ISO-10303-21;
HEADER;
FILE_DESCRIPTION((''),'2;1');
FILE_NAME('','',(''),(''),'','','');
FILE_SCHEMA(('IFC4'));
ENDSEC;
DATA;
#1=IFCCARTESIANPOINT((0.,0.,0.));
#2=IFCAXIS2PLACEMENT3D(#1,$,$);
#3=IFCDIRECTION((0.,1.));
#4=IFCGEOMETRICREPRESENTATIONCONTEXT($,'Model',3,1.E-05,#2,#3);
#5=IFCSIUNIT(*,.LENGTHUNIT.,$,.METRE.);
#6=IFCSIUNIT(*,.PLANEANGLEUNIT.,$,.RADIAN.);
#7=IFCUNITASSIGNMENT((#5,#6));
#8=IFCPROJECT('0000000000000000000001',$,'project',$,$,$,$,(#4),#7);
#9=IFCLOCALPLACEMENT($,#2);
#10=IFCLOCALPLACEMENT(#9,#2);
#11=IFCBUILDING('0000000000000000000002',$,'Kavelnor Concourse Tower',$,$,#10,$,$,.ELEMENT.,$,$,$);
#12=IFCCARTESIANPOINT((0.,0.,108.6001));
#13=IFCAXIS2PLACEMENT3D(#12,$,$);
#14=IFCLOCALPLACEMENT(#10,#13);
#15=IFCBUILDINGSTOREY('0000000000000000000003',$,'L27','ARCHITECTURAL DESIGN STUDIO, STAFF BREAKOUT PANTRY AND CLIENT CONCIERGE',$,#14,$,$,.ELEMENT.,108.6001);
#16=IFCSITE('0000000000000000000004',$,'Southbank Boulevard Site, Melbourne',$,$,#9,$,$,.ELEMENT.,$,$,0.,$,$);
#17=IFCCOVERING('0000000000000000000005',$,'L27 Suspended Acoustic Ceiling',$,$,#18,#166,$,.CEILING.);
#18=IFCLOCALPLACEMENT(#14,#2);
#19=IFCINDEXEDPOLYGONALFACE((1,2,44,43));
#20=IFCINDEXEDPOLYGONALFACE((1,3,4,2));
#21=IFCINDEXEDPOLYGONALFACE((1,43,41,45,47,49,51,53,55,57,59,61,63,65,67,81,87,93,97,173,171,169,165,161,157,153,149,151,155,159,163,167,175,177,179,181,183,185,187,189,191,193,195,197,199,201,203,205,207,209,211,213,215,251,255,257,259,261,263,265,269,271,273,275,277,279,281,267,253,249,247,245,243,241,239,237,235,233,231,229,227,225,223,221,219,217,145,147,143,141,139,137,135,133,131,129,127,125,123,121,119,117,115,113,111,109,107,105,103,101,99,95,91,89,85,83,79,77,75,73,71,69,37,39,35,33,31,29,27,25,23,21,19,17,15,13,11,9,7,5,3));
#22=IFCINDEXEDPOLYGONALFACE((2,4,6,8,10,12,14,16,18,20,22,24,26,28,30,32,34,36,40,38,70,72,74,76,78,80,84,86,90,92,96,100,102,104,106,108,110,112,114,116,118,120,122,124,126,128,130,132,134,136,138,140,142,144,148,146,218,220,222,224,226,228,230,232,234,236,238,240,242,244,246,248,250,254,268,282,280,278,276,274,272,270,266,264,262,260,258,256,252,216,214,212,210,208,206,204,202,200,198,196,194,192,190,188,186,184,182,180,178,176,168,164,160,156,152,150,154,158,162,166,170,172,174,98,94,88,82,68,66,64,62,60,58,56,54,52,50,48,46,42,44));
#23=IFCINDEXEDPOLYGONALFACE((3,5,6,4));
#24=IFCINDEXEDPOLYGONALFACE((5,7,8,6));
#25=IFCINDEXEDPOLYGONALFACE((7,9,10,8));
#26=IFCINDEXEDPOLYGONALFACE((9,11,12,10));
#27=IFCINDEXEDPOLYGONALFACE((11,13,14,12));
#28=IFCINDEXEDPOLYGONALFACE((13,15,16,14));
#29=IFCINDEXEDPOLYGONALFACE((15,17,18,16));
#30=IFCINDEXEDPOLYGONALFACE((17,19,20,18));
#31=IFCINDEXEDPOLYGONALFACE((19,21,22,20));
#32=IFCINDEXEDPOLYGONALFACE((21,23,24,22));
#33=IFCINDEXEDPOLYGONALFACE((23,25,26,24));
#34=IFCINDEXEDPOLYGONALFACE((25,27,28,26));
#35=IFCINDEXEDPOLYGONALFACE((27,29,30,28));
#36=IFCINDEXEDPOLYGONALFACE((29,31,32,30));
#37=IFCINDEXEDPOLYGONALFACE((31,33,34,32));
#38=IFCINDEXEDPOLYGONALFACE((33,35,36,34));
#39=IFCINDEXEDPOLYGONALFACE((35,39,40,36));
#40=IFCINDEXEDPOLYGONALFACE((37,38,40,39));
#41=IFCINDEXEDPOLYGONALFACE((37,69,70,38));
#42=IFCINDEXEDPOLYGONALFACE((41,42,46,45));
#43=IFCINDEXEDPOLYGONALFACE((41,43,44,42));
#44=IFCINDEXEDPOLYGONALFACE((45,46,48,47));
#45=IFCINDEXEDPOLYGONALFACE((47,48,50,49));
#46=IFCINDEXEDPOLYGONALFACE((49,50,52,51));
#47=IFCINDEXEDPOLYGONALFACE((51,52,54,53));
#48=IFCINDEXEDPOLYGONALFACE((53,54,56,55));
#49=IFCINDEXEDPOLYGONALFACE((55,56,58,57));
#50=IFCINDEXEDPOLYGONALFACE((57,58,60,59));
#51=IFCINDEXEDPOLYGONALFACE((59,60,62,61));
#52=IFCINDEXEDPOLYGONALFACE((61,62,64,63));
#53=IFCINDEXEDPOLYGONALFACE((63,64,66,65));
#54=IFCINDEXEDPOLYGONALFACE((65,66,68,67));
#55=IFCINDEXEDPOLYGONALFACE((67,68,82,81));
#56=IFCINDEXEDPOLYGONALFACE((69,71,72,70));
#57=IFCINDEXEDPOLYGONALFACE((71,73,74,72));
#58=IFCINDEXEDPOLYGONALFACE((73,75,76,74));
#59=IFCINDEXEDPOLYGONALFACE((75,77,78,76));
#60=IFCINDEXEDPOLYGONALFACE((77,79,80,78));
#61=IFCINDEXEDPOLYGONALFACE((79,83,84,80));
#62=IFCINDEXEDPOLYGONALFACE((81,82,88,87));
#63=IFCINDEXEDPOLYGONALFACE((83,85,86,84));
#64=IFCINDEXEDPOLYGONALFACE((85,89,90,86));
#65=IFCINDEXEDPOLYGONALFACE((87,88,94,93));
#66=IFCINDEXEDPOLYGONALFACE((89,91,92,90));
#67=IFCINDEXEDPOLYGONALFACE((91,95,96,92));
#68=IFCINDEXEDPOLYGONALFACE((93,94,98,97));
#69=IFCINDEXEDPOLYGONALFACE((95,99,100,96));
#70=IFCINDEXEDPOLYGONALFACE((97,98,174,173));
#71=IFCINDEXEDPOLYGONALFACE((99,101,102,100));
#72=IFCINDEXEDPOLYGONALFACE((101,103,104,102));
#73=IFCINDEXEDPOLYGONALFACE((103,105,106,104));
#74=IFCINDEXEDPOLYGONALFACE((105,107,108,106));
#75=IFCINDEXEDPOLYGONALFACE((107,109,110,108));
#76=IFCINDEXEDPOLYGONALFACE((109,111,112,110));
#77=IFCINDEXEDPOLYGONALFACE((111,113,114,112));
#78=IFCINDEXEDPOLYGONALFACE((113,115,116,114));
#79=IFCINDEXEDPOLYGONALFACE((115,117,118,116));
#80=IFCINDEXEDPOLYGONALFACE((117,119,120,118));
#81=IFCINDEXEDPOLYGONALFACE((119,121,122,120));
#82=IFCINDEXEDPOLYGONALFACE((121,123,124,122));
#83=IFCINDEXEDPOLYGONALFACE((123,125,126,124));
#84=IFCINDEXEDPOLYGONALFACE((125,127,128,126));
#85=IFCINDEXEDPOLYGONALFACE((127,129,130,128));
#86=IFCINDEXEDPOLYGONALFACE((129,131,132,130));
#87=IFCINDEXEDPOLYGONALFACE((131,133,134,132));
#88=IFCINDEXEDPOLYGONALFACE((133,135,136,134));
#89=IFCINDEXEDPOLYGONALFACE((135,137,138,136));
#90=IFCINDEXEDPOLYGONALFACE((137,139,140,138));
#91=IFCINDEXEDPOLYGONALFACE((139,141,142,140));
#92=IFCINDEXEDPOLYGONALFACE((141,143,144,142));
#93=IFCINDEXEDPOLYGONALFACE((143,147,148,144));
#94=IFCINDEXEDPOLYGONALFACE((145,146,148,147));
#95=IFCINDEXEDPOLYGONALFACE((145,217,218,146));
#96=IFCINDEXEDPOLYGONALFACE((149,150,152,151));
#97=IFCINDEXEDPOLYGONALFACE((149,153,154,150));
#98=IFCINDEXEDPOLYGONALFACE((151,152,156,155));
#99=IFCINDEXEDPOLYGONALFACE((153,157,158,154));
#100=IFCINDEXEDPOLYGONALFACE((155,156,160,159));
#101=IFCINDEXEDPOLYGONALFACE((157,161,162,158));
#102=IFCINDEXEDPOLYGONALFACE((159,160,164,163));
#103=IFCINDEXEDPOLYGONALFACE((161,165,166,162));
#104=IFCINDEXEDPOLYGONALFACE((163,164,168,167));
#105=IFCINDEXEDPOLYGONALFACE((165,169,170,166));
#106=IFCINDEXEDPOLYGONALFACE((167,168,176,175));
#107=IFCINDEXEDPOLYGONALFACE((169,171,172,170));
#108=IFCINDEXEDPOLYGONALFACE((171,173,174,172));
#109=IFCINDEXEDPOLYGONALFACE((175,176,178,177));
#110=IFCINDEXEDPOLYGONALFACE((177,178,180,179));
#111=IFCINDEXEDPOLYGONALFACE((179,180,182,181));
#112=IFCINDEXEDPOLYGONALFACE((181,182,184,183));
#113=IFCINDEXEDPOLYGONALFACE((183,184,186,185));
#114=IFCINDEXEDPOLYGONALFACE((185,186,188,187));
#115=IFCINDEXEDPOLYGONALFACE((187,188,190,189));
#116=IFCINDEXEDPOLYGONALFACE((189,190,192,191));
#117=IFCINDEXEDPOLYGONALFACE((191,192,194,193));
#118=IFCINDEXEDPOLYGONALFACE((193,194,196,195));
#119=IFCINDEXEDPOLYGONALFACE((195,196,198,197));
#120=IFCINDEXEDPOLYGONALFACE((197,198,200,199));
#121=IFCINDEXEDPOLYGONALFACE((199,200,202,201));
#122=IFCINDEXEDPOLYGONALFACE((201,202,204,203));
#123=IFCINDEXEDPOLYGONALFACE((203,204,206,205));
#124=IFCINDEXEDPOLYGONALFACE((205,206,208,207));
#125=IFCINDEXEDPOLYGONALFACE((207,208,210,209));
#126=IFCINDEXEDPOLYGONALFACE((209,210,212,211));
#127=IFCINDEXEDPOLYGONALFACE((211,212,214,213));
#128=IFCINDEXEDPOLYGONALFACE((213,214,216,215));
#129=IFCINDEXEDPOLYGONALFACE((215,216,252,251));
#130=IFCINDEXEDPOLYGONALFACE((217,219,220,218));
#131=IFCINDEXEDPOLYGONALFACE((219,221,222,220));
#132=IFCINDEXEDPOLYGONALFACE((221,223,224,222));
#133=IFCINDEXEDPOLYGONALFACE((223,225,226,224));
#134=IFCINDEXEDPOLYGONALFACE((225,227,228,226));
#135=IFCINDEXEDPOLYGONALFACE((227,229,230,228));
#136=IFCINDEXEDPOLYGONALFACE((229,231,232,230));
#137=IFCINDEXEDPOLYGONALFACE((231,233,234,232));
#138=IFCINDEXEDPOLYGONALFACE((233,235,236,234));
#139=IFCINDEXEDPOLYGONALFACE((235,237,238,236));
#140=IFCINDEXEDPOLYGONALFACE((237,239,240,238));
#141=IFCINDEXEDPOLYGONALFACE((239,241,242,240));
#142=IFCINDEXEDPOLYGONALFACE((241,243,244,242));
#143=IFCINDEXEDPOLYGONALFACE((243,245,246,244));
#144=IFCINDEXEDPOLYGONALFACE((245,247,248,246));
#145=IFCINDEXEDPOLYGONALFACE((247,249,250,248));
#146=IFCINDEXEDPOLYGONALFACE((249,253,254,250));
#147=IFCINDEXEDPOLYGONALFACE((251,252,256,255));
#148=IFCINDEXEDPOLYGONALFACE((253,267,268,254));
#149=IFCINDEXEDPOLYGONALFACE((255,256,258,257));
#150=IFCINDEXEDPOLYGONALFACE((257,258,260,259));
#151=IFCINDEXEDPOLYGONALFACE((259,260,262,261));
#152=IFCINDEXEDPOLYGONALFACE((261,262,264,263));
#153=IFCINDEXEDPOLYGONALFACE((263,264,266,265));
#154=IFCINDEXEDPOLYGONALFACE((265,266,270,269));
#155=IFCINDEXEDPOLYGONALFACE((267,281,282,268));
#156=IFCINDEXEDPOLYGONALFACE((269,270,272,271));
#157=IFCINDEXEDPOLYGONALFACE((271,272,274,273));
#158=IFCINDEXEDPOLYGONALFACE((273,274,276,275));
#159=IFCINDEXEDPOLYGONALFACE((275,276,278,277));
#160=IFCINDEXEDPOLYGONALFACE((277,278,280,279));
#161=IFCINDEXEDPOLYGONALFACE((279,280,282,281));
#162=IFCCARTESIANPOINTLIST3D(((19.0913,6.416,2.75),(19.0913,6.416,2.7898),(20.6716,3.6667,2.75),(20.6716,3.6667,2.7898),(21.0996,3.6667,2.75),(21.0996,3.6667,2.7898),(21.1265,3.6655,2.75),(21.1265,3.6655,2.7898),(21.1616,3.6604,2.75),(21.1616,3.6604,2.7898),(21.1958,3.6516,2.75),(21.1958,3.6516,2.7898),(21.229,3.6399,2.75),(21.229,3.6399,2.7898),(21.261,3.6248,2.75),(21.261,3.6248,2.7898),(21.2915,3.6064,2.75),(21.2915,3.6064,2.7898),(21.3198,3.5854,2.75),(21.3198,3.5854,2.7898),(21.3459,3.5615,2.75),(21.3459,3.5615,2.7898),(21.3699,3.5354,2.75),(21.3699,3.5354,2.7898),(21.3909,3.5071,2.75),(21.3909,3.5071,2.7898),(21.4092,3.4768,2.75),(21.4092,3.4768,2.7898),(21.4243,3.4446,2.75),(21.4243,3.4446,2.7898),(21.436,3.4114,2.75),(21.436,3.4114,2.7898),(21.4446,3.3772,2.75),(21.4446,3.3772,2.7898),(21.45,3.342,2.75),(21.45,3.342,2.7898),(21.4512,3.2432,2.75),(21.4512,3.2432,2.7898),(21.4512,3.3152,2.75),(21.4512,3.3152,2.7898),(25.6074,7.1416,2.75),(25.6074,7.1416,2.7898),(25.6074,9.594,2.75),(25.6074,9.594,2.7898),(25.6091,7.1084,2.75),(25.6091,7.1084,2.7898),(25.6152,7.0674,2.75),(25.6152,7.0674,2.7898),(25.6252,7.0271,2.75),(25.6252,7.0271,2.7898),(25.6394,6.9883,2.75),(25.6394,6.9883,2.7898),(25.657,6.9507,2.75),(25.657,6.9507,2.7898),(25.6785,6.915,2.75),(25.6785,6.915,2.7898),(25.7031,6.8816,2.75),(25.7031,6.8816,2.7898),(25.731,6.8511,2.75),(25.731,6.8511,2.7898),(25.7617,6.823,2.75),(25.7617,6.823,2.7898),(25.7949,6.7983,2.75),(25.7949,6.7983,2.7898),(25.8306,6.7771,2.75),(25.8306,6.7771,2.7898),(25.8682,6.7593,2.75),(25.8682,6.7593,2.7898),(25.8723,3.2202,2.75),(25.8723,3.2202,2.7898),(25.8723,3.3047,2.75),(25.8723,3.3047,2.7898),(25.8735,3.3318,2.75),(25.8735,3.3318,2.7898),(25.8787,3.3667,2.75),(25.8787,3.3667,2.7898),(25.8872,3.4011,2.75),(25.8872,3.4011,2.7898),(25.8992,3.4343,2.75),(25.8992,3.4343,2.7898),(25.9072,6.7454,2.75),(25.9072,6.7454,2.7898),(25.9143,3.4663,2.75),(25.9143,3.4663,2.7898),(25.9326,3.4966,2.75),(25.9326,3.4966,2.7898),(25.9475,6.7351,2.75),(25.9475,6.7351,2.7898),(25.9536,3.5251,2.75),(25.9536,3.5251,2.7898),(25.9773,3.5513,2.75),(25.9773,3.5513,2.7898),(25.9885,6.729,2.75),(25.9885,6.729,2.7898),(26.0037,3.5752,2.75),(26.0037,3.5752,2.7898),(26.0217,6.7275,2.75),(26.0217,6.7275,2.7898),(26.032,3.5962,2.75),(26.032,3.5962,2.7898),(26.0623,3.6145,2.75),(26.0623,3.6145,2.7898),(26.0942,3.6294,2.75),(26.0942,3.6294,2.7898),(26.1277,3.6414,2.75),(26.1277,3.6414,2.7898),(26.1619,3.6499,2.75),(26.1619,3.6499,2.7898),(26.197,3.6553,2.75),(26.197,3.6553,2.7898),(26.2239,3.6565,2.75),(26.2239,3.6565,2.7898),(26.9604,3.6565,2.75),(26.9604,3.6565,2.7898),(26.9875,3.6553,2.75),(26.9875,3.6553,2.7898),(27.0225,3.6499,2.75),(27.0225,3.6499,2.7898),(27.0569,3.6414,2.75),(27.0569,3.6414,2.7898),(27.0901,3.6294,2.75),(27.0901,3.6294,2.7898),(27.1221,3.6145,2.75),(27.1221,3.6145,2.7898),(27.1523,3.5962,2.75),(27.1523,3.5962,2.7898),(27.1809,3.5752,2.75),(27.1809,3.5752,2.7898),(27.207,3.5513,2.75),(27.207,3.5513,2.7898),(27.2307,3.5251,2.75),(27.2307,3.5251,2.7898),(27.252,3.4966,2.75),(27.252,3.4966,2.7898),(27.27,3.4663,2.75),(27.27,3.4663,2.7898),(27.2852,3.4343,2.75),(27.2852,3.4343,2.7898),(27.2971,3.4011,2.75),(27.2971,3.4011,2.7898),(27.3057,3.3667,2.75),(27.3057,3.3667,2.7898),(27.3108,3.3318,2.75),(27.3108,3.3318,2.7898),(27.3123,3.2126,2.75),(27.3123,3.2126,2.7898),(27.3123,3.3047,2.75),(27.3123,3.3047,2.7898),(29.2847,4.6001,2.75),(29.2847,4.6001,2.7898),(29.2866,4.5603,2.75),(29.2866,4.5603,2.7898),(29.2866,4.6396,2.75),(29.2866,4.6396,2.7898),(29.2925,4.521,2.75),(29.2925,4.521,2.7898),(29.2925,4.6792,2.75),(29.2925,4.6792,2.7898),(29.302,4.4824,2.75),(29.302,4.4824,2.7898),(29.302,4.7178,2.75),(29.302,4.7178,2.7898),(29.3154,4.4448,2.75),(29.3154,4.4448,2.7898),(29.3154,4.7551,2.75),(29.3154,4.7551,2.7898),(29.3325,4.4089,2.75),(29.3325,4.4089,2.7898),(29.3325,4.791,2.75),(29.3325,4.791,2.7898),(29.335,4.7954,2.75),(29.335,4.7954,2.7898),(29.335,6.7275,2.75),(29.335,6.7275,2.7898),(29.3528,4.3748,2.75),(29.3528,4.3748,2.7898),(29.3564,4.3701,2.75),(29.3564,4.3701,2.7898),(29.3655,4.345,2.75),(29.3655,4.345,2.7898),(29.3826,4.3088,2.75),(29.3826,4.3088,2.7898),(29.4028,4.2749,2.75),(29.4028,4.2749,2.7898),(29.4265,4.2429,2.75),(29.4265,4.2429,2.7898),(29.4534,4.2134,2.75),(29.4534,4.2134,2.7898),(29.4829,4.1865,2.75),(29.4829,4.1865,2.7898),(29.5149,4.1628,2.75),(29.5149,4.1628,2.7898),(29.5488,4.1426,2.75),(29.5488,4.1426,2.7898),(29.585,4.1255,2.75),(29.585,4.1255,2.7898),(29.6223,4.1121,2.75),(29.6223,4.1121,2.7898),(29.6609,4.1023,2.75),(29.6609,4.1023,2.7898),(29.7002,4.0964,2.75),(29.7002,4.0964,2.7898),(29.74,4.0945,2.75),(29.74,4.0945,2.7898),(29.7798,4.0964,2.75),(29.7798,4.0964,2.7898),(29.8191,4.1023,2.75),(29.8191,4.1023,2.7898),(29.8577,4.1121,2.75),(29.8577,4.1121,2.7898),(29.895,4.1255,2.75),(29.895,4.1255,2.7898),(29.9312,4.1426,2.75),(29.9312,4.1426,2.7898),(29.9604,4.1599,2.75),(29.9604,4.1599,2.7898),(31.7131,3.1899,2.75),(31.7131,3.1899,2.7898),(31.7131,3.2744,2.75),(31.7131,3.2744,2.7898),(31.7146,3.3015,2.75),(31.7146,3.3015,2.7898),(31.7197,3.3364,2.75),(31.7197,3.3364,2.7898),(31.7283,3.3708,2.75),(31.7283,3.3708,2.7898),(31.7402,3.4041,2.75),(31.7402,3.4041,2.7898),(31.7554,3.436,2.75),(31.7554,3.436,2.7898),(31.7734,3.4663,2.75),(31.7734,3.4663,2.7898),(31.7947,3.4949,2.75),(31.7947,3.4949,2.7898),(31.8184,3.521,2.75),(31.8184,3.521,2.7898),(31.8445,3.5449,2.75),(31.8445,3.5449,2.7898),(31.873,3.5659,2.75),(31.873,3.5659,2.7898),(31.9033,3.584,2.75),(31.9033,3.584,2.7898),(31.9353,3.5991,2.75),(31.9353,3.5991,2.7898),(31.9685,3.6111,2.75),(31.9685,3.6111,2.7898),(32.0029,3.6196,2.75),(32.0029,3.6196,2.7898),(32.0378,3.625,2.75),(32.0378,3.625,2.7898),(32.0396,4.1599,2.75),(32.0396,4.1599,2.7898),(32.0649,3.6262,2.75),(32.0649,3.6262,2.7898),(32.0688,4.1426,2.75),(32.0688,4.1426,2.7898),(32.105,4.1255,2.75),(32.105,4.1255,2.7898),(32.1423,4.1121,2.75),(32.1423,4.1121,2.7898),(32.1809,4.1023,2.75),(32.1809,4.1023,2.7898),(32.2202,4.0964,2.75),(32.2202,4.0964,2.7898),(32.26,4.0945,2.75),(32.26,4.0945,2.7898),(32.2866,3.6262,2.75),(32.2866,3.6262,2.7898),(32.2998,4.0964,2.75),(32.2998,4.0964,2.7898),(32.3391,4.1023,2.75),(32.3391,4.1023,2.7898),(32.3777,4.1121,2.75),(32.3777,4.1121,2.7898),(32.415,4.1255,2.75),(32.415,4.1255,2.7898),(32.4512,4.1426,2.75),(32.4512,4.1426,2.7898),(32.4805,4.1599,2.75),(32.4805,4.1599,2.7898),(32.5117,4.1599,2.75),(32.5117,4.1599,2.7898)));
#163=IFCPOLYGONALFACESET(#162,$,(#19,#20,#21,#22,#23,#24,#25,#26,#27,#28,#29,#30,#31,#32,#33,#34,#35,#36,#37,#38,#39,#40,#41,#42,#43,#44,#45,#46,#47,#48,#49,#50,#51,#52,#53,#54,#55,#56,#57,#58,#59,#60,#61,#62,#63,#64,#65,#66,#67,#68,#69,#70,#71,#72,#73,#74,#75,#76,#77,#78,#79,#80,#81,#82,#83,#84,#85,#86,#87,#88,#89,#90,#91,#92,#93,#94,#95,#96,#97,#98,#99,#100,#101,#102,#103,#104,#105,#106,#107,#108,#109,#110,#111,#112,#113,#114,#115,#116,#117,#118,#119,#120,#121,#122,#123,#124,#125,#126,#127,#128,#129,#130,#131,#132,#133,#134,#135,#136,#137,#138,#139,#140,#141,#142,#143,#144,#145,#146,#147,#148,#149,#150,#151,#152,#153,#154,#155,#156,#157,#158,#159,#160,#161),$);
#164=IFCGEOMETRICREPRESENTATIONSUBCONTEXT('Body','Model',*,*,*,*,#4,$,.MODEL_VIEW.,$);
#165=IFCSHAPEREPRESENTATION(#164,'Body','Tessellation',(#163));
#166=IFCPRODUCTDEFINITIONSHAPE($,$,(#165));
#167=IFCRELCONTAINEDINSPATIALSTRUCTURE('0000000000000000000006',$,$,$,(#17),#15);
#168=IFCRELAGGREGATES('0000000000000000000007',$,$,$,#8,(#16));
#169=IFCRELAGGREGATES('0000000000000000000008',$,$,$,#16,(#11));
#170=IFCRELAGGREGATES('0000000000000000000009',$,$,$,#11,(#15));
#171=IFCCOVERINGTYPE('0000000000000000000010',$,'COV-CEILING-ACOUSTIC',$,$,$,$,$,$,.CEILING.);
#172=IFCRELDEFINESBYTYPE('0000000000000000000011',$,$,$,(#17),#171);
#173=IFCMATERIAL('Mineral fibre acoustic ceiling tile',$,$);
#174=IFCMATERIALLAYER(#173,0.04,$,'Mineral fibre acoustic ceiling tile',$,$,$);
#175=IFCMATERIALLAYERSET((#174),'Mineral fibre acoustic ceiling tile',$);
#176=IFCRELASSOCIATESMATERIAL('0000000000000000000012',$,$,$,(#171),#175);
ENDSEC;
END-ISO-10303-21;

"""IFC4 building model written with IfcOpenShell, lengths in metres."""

from ifc_helpers import new_model, si_unit, direction, frame, origin, place, context, subcontext, project, spatial, polyline, outline, extrude, material, layer, layer_set, type_object, element, save


model = new_model("IFC4")

# Units and contexts
model_context = context("Model", 3, precision=1e-05, world=origin(), true_north=direction((0.0, 1.0)))
body_context = subcontext(model_context, "Body", "Model", "MODEL_VIEW")
ifc_project = project(units=[si_unit("LENGTHUNIT", "METRE"), si_unit("PLANEANGLEUNIT", "RADIAN")], contexts=[model_context])

# Site, building, storey
site_placement = place(None, origin())
site = spatial("IfcSite", under=ifc_project, at=site_placement, Name="Southbank Boulevard Site, Melbourne", CompositionType="ELEMENT", RefElevation=0.0)
building_placement = place(site_placement, origin())
building = spatial("IfcBuilding", under=site, at=building_placement, Name="Kavelnor Concourse Tower", CompositionType="ELEMENT")
storey_placement = place(building_placement, frame((0.0, 0.0, 108.6001)))
storey = spatial("IfcBuildingStorey", under=building, at=storey_placement, Name="L27", Description="ARCHITECTURAL DESIGN STUDIO, STAFF BREAKOUT PANTRY AND CLIENT CONCIERGE", CompositionType="ELEMENT", Elevation=108.6001)

# Covering
ifc_material_1 = material(Name="Mineral fibre acoustic ceiling tile")
ifc_layer_1 = layer(ifc_material_1, 0.04, Name="Mineral fibre acoustic ceiling tile")
ifc_layer_set_1 = layer_set([ifc_layer_1], Name="Mineral fibre acoustic ceiling tile")
covering_type_1 = type_object("IfcCoveringType", Name="COV-CEILING-ACOUSTIC", PredefinedType="CEILING", material=ifc_layer_set_1)
covering_1_placement = place(storey_placement, frame((0.0, 0.0, 2.75)))
element("IfcCovering", 1, at=covering_1_placement, inside=storey, type_object=covering_type_1, Name="L27 Suspended Acoustic Ceiling", PredefinedType="CEILING", context=body_context, shape_type="SweptSolid", body=[
    extrude(outline(polyline([(25.6091, 7.1084), (25.6152, 7.0674), (25.6252, 7.0271), (25.6394, 6.9883), (25.657, 6.9507), (25.6785, 6.915), (25.7031, 6.8816), (25.731, 6.8511), (25.7617, 6.823), (25.7949, 6.7983), (25.8306, 6.7771), (25.8682, 6.7593), (25.9072, 6.7454), (25.9475, 6.7351), (25.9885, 6.729), (26.0217, 6.7275), (29.335, 6.7275), (29.335, 4.7954), (29.3325, 4.791), (29.3154, 4.7551), (29.302, 4.7178), (29.2925, 4.6792), (29.2866, 4.6396), (29.2847, 4.6001), (29.2866, 4.5603), (29.2925, 4.521), (29.302, 4.4824), (29.3154, 4.4448), (29.3325, 4.4089), (29.3528, 4.3748), (29.3564, 4.3701), (29.3655, 4.345), (29.3826, 4.3088), (29.4028, 4.2749), (29.4265, 4.2429), (29.4534, 4.2134), (29.4829, 4.1865), (29.5149, 4.1628), (29.5488, 4.1426), (29.585, 4.1255), (29.6223, 4.1121), (29.6609, 4.1023), (29.7002, 4.0964), (29.74, 4.0945), (29.7798, 4.0964), (29.8191, 4.1023), (29.8577, 4.1121), (29.895, 4.1255), (29.9312, 4.1426), (29.9604, 4.1599), (32.0396, 4.1599), (32.0688, 4.1426), (32.105, 4.1255), (32.1423, 4.1121), (32.1809, 4.1023), (32.2202, 4.0964), (32.26, 4.0945), (32.2998, 4.0964), (32.3391, 4.1023), (32.3777, 4.1121), (32.415, 4.1255), (32.4512, 4.1426), (32.4805, 4.1599), (32.5117, 4.1599), (32.2866, 3.6262), (32.0649, 3.6262), (32.0378, 3.625), (32.0029, 3.6196), (31.9685, 3.6111), (31.9353, 3.5991), (31.9033, 3.584), (31.873, 3.5659), (31.8445, 3.5449), (31.8184, 3.521), (31.7947, 3.4949), (31.7734, 3.4663), (31.7554, 3.436), (31.7402, 3.4041), (31.7283, 3.3708), (31.7197, 3.3364), (31.7146, 3.3015), (31.7131, 3.2744), (31.7131, 3.1899), (27.3123, 3.2126), (27.3123, 3.3047), (27.3108, 3.3318), (27.3057, 3.3667), (27.2971, 3.4011), (27.2852, 3.4343), (27.27, 3.4663), (27.252, 3.4966), (27.2307, 3.5251), (27.207, 3.5513), (27.1809, 3.5752), (27.1523, 3.5962), (27.1221, 3.6145), (27.0901, 3.6294), (27.0569, 3.6414), (27.0225, 3.6499), (26.9875, 3.6553), (26.9604, 3.6565), (26.2239, 3.6565), (26.197, 3.6553), (26.1619, 3.6499), (26.1277, 3.6414), (26.0942, 3.6294), (26.0623, 3.6145), (26.032, 3.5962), (26.0037, 3.5752), (25.9773, 3.5513), (25.9536, 3.5251), (25.9326, 3.4966), (25.9143, 3.4663), (25.8992, 3.4343), (25.8872, 3.4011), (25.8787, 3.3667), (25.8735, 3.3318), (25.8723, 3.3047), (25.8723, 3.2202), (21.4512, 3.2432), (21.4512, 3.3152), (21.45, 3.342), (21.4446, 3.3772), (21.436, 3.4114), (21.4243, 3.4446), (21.4092, 3.4768), (21.3909, 3.5071), (21.3699, 3.5354), (21.3459, 3.5615), (21.3198, 3.5854), (21.2915, 3.6064), (21.261, 3.6248), (21.229, 3.6399), (21.1958, 3.6516), (21.1616, 3.6604), (21.1265, 3.6655), (21.0996, 3.6667), (20.6716, 3.6667), (19.0913, 6.416), (25.6074, 9.594), (25.6074, 7.1416), (25.6091, 7.1084)])), origin(), (0.0, 0.0, 1.0), 0.0398),
])

save(model, "model.ifc")
